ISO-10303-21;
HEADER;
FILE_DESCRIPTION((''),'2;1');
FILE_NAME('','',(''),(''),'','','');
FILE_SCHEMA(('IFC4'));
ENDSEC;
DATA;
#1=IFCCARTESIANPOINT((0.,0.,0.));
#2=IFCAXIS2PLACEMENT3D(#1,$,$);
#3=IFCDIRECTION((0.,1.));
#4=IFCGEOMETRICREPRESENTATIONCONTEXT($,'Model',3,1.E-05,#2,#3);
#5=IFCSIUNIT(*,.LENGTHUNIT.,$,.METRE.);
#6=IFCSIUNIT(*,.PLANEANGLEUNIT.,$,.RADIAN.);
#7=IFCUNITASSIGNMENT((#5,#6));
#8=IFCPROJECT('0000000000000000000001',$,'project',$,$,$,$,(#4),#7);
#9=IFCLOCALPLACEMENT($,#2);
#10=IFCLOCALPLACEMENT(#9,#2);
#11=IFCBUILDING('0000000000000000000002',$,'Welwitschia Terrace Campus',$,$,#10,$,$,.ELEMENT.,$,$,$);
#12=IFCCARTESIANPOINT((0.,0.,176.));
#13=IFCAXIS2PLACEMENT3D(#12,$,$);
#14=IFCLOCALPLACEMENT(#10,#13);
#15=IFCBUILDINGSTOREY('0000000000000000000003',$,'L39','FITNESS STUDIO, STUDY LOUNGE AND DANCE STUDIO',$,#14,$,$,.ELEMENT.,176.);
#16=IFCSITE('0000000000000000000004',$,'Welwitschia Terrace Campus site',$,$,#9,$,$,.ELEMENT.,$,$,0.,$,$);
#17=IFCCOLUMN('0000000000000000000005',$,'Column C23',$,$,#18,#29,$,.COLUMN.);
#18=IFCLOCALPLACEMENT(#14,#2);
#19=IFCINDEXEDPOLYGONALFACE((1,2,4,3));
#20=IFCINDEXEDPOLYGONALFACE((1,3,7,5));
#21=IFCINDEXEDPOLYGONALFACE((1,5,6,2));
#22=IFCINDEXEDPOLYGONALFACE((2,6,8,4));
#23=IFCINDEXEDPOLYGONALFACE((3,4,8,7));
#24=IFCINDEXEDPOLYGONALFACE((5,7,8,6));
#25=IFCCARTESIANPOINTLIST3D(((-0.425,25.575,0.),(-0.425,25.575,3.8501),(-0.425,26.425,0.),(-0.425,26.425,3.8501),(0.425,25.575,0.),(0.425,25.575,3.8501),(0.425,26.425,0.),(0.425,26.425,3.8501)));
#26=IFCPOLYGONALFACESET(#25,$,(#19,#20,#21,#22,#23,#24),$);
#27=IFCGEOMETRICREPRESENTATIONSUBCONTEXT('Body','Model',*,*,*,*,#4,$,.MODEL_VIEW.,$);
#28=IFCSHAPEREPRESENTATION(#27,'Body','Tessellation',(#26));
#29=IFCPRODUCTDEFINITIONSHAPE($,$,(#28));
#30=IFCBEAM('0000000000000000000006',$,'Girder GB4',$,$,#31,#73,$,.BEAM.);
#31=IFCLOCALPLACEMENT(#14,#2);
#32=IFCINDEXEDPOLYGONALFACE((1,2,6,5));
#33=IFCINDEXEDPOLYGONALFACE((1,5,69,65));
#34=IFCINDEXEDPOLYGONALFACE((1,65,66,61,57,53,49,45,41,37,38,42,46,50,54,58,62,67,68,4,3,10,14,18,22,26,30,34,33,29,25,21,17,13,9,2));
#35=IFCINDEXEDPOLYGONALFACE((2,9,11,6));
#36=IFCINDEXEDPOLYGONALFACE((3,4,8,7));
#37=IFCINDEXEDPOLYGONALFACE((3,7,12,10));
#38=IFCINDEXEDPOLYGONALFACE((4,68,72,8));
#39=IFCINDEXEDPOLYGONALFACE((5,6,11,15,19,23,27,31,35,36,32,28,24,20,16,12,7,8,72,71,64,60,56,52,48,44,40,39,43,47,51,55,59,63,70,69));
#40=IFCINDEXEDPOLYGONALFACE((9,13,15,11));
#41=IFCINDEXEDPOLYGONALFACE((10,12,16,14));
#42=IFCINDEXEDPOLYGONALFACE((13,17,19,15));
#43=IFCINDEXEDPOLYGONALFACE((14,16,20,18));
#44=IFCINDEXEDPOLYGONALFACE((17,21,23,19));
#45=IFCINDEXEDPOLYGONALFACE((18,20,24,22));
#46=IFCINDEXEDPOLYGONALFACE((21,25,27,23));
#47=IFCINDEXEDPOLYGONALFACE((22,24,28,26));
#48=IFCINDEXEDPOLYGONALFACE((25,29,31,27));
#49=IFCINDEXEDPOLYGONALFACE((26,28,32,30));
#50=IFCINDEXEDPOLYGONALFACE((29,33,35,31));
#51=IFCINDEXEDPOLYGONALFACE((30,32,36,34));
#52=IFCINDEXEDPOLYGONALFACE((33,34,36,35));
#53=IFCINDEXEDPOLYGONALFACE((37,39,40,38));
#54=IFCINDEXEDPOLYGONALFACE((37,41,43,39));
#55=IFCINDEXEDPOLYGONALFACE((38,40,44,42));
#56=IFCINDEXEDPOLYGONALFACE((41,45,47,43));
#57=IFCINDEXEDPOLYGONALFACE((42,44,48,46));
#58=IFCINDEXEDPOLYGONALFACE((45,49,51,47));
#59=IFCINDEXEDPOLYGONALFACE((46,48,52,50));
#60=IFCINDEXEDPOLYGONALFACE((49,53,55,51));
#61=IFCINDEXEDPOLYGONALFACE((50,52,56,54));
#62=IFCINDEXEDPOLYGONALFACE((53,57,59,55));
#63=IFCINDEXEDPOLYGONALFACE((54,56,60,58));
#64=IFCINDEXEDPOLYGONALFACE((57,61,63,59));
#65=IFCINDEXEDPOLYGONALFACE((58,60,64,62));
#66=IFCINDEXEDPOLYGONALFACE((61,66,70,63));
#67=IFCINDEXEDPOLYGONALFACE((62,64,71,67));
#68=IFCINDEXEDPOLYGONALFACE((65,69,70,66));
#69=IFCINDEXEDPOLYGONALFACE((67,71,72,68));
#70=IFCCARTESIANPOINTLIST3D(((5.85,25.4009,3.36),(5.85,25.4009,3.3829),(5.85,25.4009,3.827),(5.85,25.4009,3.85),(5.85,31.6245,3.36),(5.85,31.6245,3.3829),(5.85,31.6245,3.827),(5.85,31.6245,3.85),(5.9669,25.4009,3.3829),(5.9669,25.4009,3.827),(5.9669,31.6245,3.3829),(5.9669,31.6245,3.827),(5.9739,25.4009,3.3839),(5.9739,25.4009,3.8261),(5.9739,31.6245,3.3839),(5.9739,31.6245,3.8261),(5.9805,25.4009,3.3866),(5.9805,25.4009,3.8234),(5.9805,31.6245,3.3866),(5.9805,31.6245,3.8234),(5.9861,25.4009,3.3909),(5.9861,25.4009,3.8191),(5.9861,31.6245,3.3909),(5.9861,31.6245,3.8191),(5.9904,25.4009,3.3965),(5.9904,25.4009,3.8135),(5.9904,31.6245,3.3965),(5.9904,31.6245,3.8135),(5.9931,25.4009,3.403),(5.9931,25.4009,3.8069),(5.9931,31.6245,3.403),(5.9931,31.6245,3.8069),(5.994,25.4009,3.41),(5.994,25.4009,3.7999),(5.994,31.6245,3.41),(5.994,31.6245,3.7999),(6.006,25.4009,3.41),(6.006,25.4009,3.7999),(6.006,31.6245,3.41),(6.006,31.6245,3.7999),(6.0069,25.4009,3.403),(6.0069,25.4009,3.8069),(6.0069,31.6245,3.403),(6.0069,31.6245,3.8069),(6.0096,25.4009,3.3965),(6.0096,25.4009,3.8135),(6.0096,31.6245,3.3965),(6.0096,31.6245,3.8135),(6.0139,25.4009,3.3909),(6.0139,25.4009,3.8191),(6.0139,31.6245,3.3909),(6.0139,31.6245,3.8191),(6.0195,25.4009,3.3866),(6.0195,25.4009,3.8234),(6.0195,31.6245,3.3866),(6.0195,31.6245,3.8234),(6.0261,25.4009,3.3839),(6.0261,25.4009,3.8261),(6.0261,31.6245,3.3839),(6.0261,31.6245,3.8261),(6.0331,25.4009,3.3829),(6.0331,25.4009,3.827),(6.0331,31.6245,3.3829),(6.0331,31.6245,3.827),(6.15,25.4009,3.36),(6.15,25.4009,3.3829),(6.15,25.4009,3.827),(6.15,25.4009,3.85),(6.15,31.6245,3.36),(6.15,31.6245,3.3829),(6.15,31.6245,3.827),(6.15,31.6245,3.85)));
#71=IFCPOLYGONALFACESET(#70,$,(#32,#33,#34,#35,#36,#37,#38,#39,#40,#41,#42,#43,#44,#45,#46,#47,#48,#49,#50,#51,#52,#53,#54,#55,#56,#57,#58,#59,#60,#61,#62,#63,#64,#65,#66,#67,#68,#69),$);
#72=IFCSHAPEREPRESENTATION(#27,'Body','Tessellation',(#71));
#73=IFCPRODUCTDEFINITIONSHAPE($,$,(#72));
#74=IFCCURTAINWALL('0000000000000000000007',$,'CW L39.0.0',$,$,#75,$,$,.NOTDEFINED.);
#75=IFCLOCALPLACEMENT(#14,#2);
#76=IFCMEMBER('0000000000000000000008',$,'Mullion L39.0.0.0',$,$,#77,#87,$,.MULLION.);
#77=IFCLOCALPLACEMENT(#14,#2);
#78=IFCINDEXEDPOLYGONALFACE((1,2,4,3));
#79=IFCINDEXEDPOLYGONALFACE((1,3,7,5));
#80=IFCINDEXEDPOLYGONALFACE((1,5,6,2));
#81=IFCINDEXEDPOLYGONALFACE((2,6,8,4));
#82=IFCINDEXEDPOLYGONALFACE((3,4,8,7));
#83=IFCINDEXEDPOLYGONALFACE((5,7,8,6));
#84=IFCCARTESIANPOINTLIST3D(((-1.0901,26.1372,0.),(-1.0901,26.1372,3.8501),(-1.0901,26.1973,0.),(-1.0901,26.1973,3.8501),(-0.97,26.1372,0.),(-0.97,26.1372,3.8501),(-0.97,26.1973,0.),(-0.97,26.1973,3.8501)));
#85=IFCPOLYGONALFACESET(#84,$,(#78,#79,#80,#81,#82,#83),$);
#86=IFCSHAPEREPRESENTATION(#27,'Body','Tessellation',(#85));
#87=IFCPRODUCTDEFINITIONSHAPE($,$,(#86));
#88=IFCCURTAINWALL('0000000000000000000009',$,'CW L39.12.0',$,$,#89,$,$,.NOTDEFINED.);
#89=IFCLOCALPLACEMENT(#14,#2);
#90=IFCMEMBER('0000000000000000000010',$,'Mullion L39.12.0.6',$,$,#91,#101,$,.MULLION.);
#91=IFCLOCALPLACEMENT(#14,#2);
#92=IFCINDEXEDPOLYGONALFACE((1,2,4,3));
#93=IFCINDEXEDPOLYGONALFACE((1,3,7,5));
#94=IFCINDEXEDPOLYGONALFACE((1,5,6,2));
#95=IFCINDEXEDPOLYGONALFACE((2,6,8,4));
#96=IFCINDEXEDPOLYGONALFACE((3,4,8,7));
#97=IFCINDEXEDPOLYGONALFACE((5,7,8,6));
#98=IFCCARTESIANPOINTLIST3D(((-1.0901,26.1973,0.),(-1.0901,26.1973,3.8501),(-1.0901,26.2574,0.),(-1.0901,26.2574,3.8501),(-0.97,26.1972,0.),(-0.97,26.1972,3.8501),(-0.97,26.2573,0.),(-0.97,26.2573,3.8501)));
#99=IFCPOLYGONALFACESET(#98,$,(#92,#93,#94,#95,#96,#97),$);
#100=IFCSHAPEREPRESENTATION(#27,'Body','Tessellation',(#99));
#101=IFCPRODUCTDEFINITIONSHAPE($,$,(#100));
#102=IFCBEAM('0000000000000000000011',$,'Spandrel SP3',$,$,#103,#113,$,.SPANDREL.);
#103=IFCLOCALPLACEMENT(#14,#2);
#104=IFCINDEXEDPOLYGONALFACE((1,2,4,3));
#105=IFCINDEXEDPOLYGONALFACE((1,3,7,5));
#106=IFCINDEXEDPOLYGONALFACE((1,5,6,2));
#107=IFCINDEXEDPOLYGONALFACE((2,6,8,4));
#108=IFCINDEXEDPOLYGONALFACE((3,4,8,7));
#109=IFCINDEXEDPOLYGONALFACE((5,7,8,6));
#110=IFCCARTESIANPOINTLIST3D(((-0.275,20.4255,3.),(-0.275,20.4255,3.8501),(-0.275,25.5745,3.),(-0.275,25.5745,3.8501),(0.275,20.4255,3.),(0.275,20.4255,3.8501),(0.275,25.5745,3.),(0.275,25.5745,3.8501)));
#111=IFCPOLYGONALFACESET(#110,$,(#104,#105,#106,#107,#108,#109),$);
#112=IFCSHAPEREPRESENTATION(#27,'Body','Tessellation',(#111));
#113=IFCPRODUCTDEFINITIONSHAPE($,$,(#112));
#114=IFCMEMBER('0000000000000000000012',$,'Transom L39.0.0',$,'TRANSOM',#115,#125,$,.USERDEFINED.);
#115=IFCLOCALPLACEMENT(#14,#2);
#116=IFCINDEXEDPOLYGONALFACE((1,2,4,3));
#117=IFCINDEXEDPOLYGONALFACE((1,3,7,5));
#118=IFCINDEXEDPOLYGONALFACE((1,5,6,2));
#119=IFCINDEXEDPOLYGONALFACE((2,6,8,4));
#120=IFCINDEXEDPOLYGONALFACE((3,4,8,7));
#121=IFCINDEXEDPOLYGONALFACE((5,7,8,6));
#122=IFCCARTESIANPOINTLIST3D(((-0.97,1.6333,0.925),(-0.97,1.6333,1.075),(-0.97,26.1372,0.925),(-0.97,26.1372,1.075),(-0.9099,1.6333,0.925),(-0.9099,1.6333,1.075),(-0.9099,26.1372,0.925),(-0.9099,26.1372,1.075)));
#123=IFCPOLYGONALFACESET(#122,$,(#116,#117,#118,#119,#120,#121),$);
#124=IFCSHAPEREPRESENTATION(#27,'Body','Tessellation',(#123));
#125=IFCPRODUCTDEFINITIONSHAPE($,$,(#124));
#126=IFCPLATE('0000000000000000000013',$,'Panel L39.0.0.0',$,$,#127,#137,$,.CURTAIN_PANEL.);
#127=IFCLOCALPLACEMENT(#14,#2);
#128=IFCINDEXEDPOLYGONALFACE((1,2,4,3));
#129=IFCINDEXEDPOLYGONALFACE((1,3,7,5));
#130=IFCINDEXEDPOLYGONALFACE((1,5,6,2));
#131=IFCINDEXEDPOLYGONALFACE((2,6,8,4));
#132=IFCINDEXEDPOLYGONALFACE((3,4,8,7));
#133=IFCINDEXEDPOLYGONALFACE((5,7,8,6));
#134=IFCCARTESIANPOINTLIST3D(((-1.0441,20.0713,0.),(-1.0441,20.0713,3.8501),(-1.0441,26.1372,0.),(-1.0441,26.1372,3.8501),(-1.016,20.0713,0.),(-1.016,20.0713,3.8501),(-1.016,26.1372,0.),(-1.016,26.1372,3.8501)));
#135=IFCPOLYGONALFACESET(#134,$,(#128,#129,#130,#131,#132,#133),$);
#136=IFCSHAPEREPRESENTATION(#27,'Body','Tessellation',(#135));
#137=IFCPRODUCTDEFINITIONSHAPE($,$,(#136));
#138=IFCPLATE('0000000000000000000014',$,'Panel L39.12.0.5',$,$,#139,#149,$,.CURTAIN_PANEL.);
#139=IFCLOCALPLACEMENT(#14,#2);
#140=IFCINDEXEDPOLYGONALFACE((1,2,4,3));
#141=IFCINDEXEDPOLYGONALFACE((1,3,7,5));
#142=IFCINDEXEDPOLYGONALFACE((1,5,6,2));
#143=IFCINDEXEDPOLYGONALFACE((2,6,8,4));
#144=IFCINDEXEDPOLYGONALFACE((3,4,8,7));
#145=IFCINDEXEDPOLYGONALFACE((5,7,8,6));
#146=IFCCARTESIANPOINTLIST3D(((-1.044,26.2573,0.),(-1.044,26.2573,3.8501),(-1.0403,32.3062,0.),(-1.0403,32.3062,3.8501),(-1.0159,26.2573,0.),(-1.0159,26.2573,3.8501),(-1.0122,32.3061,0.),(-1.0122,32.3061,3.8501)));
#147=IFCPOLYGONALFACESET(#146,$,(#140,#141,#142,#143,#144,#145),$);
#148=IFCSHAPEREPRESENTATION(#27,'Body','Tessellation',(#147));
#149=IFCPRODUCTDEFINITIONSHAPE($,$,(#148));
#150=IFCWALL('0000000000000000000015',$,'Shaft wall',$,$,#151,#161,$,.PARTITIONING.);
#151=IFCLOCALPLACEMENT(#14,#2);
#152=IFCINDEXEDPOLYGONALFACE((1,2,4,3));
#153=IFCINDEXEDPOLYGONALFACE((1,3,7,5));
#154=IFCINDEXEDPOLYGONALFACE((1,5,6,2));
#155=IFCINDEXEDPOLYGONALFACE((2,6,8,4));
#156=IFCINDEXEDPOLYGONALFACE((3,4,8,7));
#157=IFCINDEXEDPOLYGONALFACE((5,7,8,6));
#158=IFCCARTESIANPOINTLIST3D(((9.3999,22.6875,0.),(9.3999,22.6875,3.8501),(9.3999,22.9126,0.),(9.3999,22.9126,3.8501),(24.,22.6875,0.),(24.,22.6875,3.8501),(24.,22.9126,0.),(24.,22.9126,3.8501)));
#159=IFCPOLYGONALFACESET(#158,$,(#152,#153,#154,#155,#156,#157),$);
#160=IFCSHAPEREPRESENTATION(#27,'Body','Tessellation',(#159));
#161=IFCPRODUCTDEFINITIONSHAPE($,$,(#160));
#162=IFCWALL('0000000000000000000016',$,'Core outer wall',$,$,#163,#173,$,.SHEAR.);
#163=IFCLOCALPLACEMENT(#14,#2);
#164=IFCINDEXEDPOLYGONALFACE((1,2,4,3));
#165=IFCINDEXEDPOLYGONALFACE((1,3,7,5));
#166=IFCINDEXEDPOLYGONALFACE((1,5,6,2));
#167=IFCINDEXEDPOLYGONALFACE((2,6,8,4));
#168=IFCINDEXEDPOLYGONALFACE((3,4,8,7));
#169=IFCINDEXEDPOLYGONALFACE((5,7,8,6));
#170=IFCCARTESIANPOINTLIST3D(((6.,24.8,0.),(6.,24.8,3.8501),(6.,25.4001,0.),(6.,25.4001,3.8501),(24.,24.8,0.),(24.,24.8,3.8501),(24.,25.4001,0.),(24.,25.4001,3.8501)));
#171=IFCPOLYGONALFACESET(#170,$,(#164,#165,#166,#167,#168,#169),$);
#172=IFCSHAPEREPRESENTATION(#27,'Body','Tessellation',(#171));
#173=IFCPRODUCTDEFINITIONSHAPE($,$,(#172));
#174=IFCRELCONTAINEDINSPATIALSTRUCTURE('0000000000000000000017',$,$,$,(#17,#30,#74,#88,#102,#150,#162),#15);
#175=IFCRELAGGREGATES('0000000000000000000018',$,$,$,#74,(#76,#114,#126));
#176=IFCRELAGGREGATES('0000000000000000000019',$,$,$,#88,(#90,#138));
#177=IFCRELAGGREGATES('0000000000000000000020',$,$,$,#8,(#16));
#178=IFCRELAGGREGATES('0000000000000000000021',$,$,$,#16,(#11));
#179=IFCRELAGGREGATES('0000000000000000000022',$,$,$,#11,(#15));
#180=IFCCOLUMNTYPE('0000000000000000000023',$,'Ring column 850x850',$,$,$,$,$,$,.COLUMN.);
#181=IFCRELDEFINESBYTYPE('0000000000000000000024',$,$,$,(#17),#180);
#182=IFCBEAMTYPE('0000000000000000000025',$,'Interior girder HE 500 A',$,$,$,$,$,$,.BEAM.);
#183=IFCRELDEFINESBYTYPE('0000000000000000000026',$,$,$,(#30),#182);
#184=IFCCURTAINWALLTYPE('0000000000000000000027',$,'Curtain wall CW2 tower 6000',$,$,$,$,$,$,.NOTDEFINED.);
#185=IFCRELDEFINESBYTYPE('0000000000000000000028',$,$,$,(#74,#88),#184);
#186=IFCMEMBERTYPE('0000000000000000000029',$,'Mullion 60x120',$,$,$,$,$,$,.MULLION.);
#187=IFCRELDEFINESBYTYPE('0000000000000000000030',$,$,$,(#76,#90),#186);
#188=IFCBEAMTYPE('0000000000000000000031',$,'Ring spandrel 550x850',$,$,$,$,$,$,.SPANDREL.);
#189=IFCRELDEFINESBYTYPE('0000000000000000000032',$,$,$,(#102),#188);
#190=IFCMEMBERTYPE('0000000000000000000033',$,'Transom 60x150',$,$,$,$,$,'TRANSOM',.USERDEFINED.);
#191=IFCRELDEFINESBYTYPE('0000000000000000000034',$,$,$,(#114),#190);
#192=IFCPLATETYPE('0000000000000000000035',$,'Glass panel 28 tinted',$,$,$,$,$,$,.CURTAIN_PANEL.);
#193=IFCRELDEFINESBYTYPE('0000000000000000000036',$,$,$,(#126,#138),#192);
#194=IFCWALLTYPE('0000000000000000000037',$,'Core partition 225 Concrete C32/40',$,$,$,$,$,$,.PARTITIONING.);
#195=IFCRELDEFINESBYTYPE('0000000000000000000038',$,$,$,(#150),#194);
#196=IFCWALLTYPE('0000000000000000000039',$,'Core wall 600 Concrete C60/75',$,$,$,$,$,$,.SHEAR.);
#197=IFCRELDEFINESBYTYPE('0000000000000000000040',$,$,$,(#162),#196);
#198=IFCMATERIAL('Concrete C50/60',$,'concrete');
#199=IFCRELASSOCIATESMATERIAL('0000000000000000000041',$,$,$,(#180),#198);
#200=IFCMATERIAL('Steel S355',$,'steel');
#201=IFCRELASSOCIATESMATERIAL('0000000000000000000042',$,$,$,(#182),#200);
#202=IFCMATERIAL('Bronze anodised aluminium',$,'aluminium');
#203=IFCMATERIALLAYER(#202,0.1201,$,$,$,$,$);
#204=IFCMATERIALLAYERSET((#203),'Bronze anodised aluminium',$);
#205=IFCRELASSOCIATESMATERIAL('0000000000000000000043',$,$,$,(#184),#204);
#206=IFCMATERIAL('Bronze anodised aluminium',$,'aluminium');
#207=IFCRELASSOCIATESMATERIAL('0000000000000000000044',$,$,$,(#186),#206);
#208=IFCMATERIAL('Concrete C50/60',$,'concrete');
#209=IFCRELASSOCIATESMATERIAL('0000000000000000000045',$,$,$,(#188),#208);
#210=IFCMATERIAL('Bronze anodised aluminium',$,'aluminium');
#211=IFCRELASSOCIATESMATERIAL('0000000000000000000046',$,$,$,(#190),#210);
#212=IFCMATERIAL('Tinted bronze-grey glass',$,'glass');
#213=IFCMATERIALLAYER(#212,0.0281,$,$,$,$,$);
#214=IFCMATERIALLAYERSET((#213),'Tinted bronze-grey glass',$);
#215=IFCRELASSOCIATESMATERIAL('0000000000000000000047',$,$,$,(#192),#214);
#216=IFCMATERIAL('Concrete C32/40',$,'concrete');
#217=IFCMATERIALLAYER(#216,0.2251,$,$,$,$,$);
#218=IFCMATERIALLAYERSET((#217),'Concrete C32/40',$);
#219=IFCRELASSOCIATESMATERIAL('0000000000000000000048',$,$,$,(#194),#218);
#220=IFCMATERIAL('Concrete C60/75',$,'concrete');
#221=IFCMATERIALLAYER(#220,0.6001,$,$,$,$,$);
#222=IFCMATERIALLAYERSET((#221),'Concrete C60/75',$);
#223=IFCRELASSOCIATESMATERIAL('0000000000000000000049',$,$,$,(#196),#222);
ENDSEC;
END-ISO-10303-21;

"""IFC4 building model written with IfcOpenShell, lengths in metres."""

from ifc_helpers import new_model, si_unit, direction, frame, frame_2d, origin, origin_2d, place, context, subcontext, project, spatial, rectangle, i_section, extrude, material, layer, layer_set, material_profile, profile_set, type_object, element, aggregate, save


model = new_model("IFC4")

# Units and contexts
model_context = context("Model", 3, precision=1e-05, world=origin(), true_north=direction((0.0, 1.0)))
body_context = subcontext(model_context, "Body", "Model", "MODEL_VIEW")
ifc_project = project(units=[si_unit("LENGTHUNIT", "METRE"), si_unit("PLANEANGLEUNIT", "RADIAN")], contexts=[model_context])

# Site, building, storey
site_placement = place(None, origin())
site = spatial("IfcSite", under=ifc_project, at=site_placement, Name="Welwitschia Terrace Campus site", CompositionType="ELEMENT", RefElevation=0.0)
building_placement = place(site_placement, origin())
building = spatial("IfcBuilding", under=site, at=building_placement, Name="Welwitschia Terrace Campus", CompositionType="ELEMENT")
storey_placement = place(building_placement, frame((0.0, 0.0, 176.0)))
storey = spatial("IfcBuildingStorey", under=building, at=storey_placement, Name="L39", Description="FITNESS STUDIO, STUDY LOUNGE AND DANCE STUDIO", CompositionType="ELEMENT", Elevation=176.0)

# Column
ifc_material_1 = material(Name="Concrete C50/60", Category="concrete")
ifc_material_profile_1 = material_profile(ifc_material_1, rectangle(XDim=0.8501, YDim=0.8501, at=origin_2d()))
ifc_profile_set_1 = profile_set([ifc_material_profile_1], Name="Concrete C50/60")
column_type = type_object("IfcColumnType", Name="Ring column 850x850", PredefinedType="COLUMN", material=ifc_profile_set_1)
column_placement = place(storey_placement, frame((0.0, 26.0, 0.0), z_axis=(0.0, 0.0, 1.0), x_axis=(1.0, 0.0, 0.0)))
element("IfcColumn", 1, at=column_placement, inside=storey, type_object=column_type, Name="Column C23", PredefinedType="COLUMN", context=body_context, shape_type="SweptSolid", body=[
    extrude(rectangle(XDim=0.8501, YDim=0.8501, at=origin_2d()), origin(), (0.0, 0.0, 1.0), 3.8501),
])

# Beam
ifc_material_2 = material(Name="Steel S355", Category="steel")
ifc_material_profile_2 = material_profile(ifc_material_2, i_section(OverallWidth=0.3, OverallDepth=0.49, WebThickness=0.012, FlangeThickness=0.0229, FilletRadius=0.0271, at=origin_2d()))
ifc_profile_set_2 = profile_set([ifc_material_profile_2], Name="Steel S355")
beam_type_1 = type_object("IfcBeamType", Name="Interior girder HE 500 A", PredefinedType="BEAM", material=ifc_profile_set_2)
beam_1_placement = place(storey_placement, frame((6.0, 25.4009, 3.605), z_axis=(0.0, 1.0, 0.0), x_axis=(-1.0, 0.0, 0.0)))
element("IfcBeam", 2, at=beam_1_placement, inside=storey, type_object=beam_type_1, Name="Girder GB4", PredefinedType="BEAM", context=body_context, shape_type="SweptSolid", body=[
    extrude(i_section(OverallWidth=0.3, OverallDepth=0.49, WebThickness=0.012, FlangeThickness=0.0229, FilletRadius=0.0271, at=origin_2d()), origin(), (0.0, 0.0, 1.0), 6.2236),
])

# Curtain walls, members
ifc_material_3 = material(Name="Bronze anodised aluminium", Category="aluminium")
ifc_layer_1 = layer(ifc_material_3, 0.1201)
ifc_layer_set_1 = layer_set([ifc_layer_1], Name="Bronze anodised aluminium")
curtain_wall_type = type_object("IfcCurtainWallType", Name="Curtain wall CW2 tower 6000", PredefinedType="NOTDEFINED", material=ifc_layer_set_1)
curtain_wall_1_placement = place(storey_placement, origin())
curtain_wall_1 = element("IfcCurtainWall", 3, at=curtain_wall_1_placement, inside=storey, type_object=curtain_wall_type, Name="CW L39.0.0", PredefinedType="NOTDEFINED")
ifc_material_4 = material(Name="Bronze anodised aluminium", Category="aluminium")
ifc_material_profile_3 = material_profile(ifc_material_4, rectangle(XDim=0.1201, YDim=0.0601, at=origin_2d()))
ifc_profile_set_3 = profile_set([ifc_material_profile_3], Name="Bronze anodised aluminium")
member_type_1 = type_object("IfcMemberType", Name="Mullion 60x120", PredefinedType="MULLION", material=ifc_profile_set_3)
member_1_placement = place(storey_placement, frame((-1.03, 26.1672, 0.0), z_axis=(0.0, 0.0, 1.0), x_axis=(1.0, 0.0, 0.0)))
member_1 = element("IfcMember", 4, at=member_1_placement, type_object=member_type_1, Name="Mullion L39.0.0.0", PredefinedType="MULLION", context=body_context, shape_type="SweptSolid", body=[
    extrude(rectangle(XDim=0.1201, YDim=0.0601, at=origin_2d()), origin(), (0.0, 0.0, 1.0), 3.8501),
])
curtain_wall_2_placement = place(storey_placement, origin())
curtain_wall_2 = element("IfcCurtainWall", 5, at=curtain_wall_2_placement, inside=storey, type_object=curtain_wall_type, Name="CW L39.12.0", PredefinedType="NOTDEFINED")
member_2_placement = place(storey_placement, frame((-1.03, 26.2273, 0.0), z_axis=(0.0, 0.0, 1.0), x_axis=(1.0, -0.000608, 0.0)))
member_2 = element("IfcMember", 6, at=member_2_placement, type_object=member_type_1, Name="Mullion L39.12.0.6", PredefinedType="MULLION", context=body_context, shape_type="SweptSolid", body=[
    extrude(rectangle(XDim=0.1201, YDim=0.0601, at=origin_2d()), origin(), (0.0, 0.0, 1.0), 3.8501),
])

# Beam
ifc_material_5 = material(Name="Concrete C50/60", Category="concrete")
ifc_material_profile_4 = material_profile(ifc_material_5, rectangle(XDim=0.55, YDim=0.8501, at=origin_2d()))
ifc_profile_set_4 = profile_set([ifc_material_profile_4], Name="Concrete C50/60")
beam_type_2 = type_object("IfcBeamType", Name="Ring spandrel 550x850", PredefinedType="SPANDREL", material=ifc_profile_set_4)
beam_2_placement = place(storey_placement, frame((0.0, 25.5745, 3.425), z_axis=(0.0, -1.0, 0.0), x_axis=(1.0, 0.0, 0.0)))
element("IfcBeam", 7, at=beam_2_placement, inside=storey, type_object=beam_type_2, Name="Spandrel SP3", PredefinedType="SPANDREL", context=body_context, shape_type="SweptSolid", body=[
    extrude(rectangle(XDim=0.55, YDim=0.8501, at=origin_2d()), origin(), (0.0, 0.0, 1.0), 5.1489),
])

# Member
ifc_material_6 = material(Name="Bronze anodised aluminium", Category="aluminium")
ifc_material_profile_5 = material_profile(ifc_material_6, rectangle(XDim=0.0601, YDim=0.1499, at=origin_2d()))
ifc_profile_set_5 = profile_set([ifc_material_profile_5], Name="Bronze anodised aluminium")
member_type_2 = type_object("IfcMemberType", Name="Transom 60x150", ElementType="TRANSOM", PredefinedType="USERDEFINED", material=ifc_profile_set_5)
member_3_placement = place(storey_placement, frame((-0.9399, 26.1372, 1.0), z_axis=(0.0, -1.0, 0.0), x_axis=(1.0, 0.0, 0.0)))
member_3 = element("IfcMember", 8, at=member_3_placement, type_object=member_type_2, Name="Transom L39.0.0", ObjectType="TRANSOM", PredefinedType="USERDEFINED", context=body_context, shape_type="SweptSolid", body=[
    extrude(rectangle(XDim=0.0601, YDim=0.1499, at=origin_2d()), origin(), (0.0, 0.0, 1.0), 24.5039),
])

# Plates
ifc_material_7 = material(Name="Tinted bronze-grey glass", Category="glass")
ifc_layer_2 = layer(ifc_material_7, 0.0281)
ifc_layer_set_2 = layer_set([ifc_layer_2], Name="Tinted bronze-grey glass")
plate_type = type_object("IfcPlateType", Name="Glass panel 28 tinted", PredefinedType="CURTAIN_PANEL", material=ifc_layer_set_2)
plate_1_placement = place(storey_placement, frame((-1.03, 23.1042, 0.0), z_axis=(0.0, 0.0, 1.0), x_axis=(0.0, -1.0, 0.0)))
plate_1 = element("IfcPlate", 9, at=plate_1_placement, type_object=plate_type, Name="Panel L39.0.0.0", PredefinedType="CURTAIN_PANEL", context=body_context, shape_type="SweptSolid", body=[
    extrude(rectangle(XDim=6.0659, YDim=0.0281, at=origin_2d()), origin(), (0.0, 0.0, 1.0), 3.8501),
])
aggregate(curtain_wall_1, [member_1, member_3, plate_1])
plate_2_placement = place(storey_placement, frame((-1.0281, 29.2817, 0.0), z_axis=(0.0, 0.0, 1.0), x_axis=(-0.000608, -1.0, 0.0)))
plate_2 = element("IfcPlate", 10, at=plate_2_placement, type_object=plate_type, Name="Panel L39.12.0.5", PredefinedType="CURTAIN_PANEL", context=body_context, shape_type="SweptSolid", body=[
    extrude(rectangle(XDim=6.0488, YDim=0.0281, at=origin_2d()), origin(), (0.0, 0.0, 1.0), 3.8501),
])
aggregate(curtain_wall_2, [member_2, plate_2])

# Walls
ifc_material_8 = material(Name="Concrete C32/40", Category="concrete")
ifc_layer_3 = layer(ifc_material_8, 0.2251)
ifc_layer_set_3 = layer_set([ifc_layer_3], Name="Concrete C32/40")
wall_type_1 = type_object("IfcWallType", Name="Core partition 225 Concrete C32/40", PredefinedType="PARTITIONING", material=ifc_layer_set_3)
wall_1_placement = place(storey_placement, frame((9.3999, 22.8, 0.0), z_axis=(0.0, 0.0, 1.0), x_axis=(1.0, 0.0, 0.0)))
element("IfcWall", 11, at=wall_1_placement, inside=storey, type_object=wall_type_1, Name="Shaft wall", PredefinedType="PARTITIONING", context=body_context, shape_type="SweptSolid", body=[
    extrude(rectangle(XDim=14.6001, YDim=0.2251, at=frame_2d((7.3, 0.0))), origin(), (0.0, 0.0, 1.0), 3.8501),
])
ifc_material_9 = material(Name="Concrete C60/75", Category="concrete")
ifc_layer_4 = layer(ifc_material_9, 0.6001)
ifc_layer_set_4 = layer_set([ifc_layer_4], Name="Concrete C60/75")
wall_type_2 = type_object("IfcWallType", Name="Core wall 600 Concrete C60/75", PredefinedType="SHEAR", material=ifc_layer_set_4)
wall_2_placement = place(storey_placement, frame((6.0, 25.1001, 0.0), z_axis=(0.0, 0.0, 1.0), x_axis=(1.0, 0.0, 0.0)))
element("IfcWall", 12, at=wall_2_placement, inside=storey, type_object=wall_type_2, Name="Core outer wall", PredefinedType="SHEAR", context=body_context, shape_type="SweptSolid", body=[
    extrude(rectangle(XDim=18.0, YDim=0.6001, at=frame_2d((9.0, 0.0))), origin(), (0.0, 0.0, 1.0), 3.8501),
])

save(model, "model.ifc")
